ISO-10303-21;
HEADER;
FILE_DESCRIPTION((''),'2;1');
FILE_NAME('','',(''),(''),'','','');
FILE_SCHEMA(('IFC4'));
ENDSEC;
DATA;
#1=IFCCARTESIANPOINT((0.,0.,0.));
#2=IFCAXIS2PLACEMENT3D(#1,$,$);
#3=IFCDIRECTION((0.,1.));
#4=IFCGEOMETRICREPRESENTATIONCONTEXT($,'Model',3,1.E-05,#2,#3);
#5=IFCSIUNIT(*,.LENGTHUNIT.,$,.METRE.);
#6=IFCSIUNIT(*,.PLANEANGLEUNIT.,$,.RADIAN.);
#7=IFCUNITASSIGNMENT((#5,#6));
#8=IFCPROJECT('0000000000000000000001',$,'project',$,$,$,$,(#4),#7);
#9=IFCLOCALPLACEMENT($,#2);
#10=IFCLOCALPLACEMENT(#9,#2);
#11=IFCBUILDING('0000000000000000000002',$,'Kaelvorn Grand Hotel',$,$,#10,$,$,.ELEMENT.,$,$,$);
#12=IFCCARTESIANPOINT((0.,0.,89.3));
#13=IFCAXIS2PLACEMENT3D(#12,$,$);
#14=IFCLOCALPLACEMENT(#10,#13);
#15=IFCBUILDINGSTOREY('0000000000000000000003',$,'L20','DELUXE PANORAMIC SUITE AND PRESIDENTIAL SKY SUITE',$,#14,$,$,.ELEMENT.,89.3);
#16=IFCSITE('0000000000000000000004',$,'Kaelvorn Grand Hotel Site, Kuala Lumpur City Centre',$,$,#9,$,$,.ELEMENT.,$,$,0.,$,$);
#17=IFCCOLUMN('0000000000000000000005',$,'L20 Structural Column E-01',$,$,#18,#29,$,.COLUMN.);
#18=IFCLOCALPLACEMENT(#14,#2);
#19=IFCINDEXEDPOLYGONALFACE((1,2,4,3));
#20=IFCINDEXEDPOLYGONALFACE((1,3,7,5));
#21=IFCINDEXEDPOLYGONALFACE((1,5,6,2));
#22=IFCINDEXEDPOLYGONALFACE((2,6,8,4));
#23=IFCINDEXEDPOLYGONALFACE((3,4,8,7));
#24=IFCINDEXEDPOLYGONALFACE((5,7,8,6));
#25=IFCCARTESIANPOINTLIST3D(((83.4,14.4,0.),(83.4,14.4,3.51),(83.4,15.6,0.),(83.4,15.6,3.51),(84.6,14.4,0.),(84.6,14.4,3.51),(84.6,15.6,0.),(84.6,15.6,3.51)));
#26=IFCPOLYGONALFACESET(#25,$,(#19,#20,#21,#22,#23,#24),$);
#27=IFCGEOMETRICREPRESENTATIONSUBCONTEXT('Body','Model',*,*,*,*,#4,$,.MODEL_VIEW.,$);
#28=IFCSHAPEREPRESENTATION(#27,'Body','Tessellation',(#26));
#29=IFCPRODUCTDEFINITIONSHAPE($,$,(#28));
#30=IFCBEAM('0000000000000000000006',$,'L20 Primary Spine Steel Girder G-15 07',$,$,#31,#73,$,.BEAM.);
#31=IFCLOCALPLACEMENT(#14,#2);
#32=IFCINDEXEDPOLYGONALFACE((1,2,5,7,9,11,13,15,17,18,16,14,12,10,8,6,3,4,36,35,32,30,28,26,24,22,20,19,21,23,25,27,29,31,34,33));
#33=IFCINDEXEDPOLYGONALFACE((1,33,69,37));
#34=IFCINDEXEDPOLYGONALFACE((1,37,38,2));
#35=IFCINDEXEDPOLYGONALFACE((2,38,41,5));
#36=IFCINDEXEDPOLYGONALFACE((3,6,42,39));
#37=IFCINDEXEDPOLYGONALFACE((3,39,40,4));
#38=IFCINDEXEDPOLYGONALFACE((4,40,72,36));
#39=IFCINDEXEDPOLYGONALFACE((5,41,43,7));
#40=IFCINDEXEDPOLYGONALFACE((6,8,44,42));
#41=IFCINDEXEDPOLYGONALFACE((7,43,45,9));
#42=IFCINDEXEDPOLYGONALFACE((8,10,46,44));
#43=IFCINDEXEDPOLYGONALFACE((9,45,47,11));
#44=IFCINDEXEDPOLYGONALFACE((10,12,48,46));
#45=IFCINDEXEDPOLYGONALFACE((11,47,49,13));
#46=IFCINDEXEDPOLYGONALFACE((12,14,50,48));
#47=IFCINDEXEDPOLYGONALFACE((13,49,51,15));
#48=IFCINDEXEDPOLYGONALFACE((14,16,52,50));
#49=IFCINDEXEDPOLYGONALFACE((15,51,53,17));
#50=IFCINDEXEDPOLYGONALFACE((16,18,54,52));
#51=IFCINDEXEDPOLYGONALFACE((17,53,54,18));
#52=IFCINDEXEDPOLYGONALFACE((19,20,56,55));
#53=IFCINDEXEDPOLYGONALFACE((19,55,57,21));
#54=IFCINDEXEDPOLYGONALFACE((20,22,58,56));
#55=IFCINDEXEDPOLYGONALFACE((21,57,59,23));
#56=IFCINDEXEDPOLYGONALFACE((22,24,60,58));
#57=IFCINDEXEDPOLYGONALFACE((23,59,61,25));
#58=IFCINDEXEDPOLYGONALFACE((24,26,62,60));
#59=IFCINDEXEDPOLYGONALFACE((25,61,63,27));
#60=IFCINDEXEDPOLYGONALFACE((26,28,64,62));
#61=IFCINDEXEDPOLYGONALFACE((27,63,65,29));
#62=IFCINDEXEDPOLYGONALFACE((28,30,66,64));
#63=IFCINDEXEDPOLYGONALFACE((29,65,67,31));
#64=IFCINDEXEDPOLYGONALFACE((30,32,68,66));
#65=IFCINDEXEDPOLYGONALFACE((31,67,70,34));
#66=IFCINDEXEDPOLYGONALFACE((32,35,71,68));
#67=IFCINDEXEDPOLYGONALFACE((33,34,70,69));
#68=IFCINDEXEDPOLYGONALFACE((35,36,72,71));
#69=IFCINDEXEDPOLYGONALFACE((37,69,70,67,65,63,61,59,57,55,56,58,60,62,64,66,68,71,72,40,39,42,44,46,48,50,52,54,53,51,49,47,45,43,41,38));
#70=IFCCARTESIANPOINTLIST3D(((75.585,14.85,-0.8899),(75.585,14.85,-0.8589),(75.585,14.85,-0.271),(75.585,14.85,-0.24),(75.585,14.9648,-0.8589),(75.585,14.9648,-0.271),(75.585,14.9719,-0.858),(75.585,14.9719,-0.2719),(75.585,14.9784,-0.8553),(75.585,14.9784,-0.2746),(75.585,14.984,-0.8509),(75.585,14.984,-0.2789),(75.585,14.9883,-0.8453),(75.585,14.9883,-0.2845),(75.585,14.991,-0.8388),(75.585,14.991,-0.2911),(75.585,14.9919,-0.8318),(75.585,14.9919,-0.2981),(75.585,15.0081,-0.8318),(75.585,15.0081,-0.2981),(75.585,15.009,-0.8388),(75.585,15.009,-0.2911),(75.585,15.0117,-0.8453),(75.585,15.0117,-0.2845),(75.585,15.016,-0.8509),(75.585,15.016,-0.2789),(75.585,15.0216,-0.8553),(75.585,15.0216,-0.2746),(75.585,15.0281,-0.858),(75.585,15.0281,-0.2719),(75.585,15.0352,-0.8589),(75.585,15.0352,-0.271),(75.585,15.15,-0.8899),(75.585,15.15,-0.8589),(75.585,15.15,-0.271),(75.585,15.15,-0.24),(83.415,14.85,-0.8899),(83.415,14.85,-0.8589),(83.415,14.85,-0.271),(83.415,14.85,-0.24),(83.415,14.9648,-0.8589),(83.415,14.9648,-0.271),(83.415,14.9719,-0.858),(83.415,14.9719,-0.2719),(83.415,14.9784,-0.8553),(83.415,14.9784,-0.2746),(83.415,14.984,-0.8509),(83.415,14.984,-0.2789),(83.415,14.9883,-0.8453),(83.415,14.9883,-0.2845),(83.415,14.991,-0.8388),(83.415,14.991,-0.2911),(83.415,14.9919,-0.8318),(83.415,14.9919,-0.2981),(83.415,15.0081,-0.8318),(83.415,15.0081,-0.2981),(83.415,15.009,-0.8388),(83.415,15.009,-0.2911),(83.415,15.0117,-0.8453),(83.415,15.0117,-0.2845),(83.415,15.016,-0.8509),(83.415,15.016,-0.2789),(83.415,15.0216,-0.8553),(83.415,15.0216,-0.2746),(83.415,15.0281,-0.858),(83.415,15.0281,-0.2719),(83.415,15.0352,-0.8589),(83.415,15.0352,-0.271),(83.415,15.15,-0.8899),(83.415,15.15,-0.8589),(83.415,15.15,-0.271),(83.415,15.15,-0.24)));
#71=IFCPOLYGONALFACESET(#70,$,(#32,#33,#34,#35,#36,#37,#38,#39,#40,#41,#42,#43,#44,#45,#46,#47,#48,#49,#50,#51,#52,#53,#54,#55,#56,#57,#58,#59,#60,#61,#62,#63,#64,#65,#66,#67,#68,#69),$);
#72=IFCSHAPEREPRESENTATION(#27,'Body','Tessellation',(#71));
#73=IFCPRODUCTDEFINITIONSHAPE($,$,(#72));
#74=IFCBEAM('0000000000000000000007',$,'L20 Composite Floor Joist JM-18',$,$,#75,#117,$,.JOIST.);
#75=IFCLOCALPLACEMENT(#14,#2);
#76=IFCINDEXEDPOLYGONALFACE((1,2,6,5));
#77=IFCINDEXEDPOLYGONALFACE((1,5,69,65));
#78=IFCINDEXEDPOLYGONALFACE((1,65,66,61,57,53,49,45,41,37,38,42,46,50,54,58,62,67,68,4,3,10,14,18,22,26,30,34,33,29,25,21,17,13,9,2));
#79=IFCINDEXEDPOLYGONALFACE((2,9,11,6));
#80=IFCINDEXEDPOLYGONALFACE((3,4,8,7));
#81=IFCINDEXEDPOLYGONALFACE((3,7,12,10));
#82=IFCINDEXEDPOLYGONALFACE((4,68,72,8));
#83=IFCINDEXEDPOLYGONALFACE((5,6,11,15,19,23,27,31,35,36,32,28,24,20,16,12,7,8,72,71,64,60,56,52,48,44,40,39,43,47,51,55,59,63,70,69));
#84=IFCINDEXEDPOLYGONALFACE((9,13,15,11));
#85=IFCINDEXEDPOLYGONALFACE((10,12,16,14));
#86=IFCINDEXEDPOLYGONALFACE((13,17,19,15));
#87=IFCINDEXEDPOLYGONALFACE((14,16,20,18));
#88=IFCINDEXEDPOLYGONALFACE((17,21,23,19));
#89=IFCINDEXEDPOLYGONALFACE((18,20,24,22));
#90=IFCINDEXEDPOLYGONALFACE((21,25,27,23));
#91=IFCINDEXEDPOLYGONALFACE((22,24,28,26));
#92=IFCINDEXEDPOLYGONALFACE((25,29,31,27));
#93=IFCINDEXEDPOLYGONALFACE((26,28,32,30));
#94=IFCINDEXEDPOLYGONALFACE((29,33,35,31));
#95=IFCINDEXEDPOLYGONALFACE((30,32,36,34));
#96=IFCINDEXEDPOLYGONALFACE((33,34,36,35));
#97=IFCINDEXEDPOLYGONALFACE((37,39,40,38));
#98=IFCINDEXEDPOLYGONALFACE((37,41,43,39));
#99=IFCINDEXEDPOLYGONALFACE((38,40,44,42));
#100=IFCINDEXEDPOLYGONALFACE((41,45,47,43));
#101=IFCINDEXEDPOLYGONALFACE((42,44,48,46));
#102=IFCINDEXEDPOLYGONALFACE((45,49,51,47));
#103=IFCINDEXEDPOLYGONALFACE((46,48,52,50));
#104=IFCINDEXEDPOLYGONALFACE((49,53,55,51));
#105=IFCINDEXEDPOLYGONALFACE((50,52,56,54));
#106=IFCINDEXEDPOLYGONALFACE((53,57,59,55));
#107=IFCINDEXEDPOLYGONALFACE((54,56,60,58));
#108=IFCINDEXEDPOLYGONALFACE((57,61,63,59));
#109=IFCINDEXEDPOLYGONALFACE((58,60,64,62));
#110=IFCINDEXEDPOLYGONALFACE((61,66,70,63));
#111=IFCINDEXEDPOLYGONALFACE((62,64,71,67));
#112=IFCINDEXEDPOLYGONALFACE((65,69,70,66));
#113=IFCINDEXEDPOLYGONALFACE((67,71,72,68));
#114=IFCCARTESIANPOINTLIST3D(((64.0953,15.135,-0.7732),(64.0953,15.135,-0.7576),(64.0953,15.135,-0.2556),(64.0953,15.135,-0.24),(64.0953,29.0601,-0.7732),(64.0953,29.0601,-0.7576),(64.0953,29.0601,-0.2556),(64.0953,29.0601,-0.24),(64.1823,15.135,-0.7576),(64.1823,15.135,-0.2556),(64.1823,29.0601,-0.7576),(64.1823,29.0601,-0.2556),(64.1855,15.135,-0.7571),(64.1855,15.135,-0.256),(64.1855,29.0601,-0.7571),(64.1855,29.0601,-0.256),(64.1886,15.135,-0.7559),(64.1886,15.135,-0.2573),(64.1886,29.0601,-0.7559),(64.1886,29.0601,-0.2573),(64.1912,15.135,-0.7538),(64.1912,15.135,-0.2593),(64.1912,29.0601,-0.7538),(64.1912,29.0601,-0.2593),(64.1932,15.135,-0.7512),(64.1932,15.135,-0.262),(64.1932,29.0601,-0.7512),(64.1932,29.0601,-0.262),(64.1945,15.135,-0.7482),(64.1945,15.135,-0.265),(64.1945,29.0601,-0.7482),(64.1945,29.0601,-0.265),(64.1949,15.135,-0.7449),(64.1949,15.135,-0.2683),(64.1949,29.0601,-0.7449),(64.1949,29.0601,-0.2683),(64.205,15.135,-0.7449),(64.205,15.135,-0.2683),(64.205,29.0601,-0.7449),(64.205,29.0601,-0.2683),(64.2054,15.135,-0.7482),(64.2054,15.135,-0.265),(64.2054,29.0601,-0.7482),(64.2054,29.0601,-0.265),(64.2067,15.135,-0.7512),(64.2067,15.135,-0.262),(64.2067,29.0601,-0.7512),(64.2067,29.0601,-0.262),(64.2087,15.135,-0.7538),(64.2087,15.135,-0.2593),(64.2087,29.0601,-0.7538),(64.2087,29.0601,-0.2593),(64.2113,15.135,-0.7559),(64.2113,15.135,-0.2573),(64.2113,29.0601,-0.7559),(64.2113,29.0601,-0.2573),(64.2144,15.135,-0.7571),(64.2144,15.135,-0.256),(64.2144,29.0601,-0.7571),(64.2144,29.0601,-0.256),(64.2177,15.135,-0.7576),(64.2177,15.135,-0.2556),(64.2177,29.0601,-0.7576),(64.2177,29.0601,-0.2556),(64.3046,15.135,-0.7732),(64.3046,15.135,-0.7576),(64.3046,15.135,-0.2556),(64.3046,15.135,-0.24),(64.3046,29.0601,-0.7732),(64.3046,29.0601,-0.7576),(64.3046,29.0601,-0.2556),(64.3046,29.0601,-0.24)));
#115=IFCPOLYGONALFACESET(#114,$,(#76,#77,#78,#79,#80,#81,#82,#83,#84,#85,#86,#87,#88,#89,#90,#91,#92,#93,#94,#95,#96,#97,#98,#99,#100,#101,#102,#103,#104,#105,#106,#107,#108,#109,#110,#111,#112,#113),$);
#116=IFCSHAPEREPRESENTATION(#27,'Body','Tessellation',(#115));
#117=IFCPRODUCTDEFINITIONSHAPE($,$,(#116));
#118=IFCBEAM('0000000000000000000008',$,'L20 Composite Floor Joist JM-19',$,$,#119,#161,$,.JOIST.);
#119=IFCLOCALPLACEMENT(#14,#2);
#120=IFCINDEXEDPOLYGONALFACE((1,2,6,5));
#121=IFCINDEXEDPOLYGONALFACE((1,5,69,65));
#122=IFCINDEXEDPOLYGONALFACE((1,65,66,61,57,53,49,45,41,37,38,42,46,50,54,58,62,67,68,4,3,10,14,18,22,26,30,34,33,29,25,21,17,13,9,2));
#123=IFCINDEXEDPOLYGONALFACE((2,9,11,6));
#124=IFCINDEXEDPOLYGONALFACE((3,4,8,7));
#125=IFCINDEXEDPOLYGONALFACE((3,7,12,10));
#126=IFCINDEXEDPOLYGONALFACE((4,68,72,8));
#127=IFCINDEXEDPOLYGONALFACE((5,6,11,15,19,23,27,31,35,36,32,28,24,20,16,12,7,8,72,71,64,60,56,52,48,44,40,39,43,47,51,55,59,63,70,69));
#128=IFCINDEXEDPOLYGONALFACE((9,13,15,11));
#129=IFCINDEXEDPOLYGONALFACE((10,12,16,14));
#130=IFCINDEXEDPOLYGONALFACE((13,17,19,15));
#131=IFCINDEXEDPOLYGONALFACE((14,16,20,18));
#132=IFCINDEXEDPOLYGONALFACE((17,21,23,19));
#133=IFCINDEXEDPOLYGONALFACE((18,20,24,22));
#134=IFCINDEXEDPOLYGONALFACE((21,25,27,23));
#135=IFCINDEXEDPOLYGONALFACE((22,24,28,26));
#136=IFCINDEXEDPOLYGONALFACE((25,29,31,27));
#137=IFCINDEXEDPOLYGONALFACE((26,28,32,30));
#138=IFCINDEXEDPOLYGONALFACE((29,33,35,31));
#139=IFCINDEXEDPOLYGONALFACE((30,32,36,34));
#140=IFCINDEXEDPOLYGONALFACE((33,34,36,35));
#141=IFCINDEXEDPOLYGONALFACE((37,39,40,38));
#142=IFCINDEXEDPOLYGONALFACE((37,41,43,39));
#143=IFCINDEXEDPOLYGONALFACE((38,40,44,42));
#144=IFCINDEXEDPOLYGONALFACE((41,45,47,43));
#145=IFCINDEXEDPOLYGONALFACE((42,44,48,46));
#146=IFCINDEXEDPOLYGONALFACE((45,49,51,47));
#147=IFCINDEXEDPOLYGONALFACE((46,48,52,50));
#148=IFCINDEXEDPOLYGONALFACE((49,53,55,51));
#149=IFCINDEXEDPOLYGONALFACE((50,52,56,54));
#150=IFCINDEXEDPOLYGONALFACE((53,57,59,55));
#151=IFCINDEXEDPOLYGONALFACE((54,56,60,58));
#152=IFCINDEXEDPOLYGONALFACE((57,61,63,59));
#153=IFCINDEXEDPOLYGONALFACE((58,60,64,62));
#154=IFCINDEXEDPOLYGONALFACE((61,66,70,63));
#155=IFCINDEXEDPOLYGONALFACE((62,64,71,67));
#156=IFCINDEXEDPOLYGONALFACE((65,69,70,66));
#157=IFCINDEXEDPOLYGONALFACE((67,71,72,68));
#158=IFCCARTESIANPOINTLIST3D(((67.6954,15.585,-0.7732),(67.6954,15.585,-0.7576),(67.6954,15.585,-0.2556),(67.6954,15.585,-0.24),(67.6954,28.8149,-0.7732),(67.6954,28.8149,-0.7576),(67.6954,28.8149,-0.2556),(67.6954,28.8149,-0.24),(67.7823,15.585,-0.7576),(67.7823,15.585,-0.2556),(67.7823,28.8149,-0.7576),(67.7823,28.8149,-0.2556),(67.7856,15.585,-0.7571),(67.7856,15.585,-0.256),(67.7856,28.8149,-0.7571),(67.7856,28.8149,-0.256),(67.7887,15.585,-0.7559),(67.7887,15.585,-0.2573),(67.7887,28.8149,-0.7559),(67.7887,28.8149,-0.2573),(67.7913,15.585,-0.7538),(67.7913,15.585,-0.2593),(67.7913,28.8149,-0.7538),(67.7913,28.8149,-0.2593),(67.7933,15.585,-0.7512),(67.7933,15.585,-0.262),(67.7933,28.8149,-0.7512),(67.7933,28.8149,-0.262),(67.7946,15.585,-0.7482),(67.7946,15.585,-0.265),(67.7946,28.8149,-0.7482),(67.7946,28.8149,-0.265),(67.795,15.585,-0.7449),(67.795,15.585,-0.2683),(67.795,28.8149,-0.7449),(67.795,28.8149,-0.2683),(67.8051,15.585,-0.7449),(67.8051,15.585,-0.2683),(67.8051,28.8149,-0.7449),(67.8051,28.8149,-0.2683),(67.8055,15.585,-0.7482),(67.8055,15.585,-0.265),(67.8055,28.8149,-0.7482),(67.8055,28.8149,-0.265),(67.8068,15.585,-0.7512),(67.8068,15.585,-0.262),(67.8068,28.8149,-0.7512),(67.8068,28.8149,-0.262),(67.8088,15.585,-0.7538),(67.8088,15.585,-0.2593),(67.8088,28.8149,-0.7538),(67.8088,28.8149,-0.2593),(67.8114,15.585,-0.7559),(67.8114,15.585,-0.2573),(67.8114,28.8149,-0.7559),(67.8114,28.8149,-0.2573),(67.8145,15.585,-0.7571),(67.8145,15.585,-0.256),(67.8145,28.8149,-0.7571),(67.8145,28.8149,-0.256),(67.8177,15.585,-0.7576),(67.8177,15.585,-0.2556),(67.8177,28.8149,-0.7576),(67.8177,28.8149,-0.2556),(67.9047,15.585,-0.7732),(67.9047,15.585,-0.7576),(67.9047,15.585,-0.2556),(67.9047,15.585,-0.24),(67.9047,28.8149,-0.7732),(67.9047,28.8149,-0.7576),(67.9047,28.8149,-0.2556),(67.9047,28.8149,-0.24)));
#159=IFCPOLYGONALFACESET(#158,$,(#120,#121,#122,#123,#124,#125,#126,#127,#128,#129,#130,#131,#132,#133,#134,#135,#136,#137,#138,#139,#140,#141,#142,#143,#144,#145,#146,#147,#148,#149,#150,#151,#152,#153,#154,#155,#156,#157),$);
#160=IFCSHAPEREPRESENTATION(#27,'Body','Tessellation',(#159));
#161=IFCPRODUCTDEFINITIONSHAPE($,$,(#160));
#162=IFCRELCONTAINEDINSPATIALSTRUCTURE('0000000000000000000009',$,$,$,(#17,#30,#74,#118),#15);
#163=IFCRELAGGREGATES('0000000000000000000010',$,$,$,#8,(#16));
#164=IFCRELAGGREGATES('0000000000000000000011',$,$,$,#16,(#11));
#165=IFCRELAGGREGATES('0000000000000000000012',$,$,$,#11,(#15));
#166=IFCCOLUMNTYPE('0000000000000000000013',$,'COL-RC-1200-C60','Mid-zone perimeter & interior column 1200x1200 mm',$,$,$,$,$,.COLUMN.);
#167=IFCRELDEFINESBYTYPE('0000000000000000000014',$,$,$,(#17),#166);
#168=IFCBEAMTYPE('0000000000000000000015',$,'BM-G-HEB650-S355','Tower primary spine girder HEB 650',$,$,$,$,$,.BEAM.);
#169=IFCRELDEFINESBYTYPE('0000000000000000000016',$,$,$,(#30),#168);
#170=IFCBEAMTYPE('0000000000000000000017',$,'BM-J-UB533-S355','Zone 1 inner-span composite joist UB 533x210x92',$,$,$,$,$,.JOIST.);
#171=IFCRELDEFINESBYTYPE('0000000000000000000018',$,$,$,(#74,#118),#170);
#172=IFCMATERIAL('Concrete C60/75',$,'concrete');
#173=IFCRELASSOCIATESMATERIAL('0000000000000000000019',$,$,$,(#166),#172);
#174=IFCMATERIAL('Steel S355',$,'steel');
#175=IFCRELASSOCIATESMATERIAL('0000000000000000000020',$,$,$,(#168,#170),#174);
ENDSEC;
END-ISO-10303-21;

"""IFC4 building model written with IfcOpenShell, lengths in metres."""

from ifc_helpers import new_model, si_unit, direction, frame, origin, origin_2d, place, context, subcontext, project, spatial, rectangle, i_section, extrude, material, material_profile, profile_set, type_object, element, save


model = new_model("IFC4")

# Units and contexts
model_context = context("Model", 3, precision=1e-05, world=origin(), true_north=direction((0.0, 1.0)))
body_context = subcontext(model_context, "Body", "Model", "MODEL_VIEW")
ifc_project = project(units=[si_unit("LENGTHUNIT", "METRE"), si_unit("PLANEANGLEUNIT", "RADIAN")], contexts=[model_context])

# Site, building, storey
site_placement = place(None, origin())
site = spatial("IfcSite", under=ifc_project, at=site_placement, Name="Kaelvorn Grand Hotel Site, Kuala Lumpur City Centre", CompositionType="ELEMENT", RefElevation=0.0)
building_placement = place(site_placement, origin())
building = spatial("IfcBuilding", under=site, at=building_placement, Name="Kaelvorn Grand Hotel", CompositionType="ELEMENT")
storey_placement = place(building_placement, frame((0.0, 0.0, 89.3)))
storey = spatial("IfcBuildingStorey", under=building, at=storey_placement, Name="L20", Description="DELUXE PANORAMIC SUITE AND PRESIDENTIAL SKY SUITE", CompositionType="ELEMENT", Elevation=89.3)

# Column
ifc_material_1 = material(Name="Concrete C60/75", Category="concrete")
ifc_material_profile_1 = material_profile(ifc_material_1, rectangle(XDim=1.2, YDim=1.2, at=origin_2d()), Name="RC COL 1200x1200")
ifc_profile_set_1 = profile_set([ifc_material_profile_1], Name="Concrete C60/75")
column_type = type_object("IfcColumnType", Name="COL-RC-1200-C60", Description="Mid-zone perimeter & interior column 1200x1200 mm", PredefinedType="COLUMN", material=ifc_profile_set_1)
column_placement = place(storey_placement, frame((84.0, 15.0, 0.0), z_axis=(0.0, 0.0, 1.0), x_axis=(1.0, 0.0, 0.0)))
element("IfcColumn", 1, at=column_placement, inside=storey, type_object=column_type, Name="L20 Structural Column E-01", PredefinedType="COLUMN", context=body_context, shape_type="SweptSolid", body=[
    extrude(rectangle(XDim=1.2, YDim=1.2, at=origin_2d()), origin(), (0.0, 0.0, 1.0), 3.51),
])

# Beams
ifc_material_2 = material(Name="Steel S355", Category="steel")
ifc_material_profile_2 = material_profile(ifc_material_2, i_section(OverallWidth=0.3, OverallDepth=0.6499, WebThickness=0.0161, FlangeThickness=0.031, FilletRadius=0.0271, at=origin_2d()), Name="HEB 650")
ifc_profile_set_2 = profile_set([ifc_material_profile_2], Name="Steel S355")
beam_type_1 = type_object("IfcBeamType", Name="BM-G-HEB650-S355", Description="Tower primary spine girder HEB 650", PredefinedType="BEAM", material=ifc_profile_set_2)
beam_1_placement = place(storey_placement, frame((75.585, 15.0, -0.5649), z_axis=(1.0, 0.0, 0.0), x_axis=(0.0, 1.0, 0.0)))
element("IfcBeam", 2, at=beam_1_placement, inside=storey, type_object=beam_type_1, Name="L20 Primary Spine Steel Girder G-15 07", PredefinedType="BEAM", context=body_context, shape_type="SweptSolid", body=[
    extrude(i_section(OverallWidth=0.3, OverallDepth=0.6499, WebThickness=0.0161, FlangeThickness=0.031, FilletRadius=0.0271, at=origin_2d()), origin(), (0.0, 0.0, 1.0), 7.8301),
])
ifc_material_profile_3 = material_profile(ifc_material_2, i_section(OverallWidth=0.2092, OverallDepth=0.5332, WebThickness=0.01, FlangeThickness=0.0156, FilletRadius=0.0127, at=origin_2d()), Name="UB 533x210x92")
ifc_profile_set_3 = profile_set([ifc_material_profile_3], Name="Steel S355")
beam_type_2 = type_object("IfcBeamType", Name="BM-J-UB533-S355", Description="Zone 1 inner-span composite joist UB 533x210x92", PredefinedType="JOIST", material=ifc_profile_set_3)
beam_2_placement = place(storey_placement, frame((64.2, 15.135, -0.5066), z_axis=(0.0, 1.0, 0.0), x_axis=(-1.0, 0.0, 0.0)))
element("IfcBeam", 3, at=beam_2_placement, inside=storey, type_object=beam_type_2, Name="L20 Composite Floor Joist JM-18", PredefinedType="JOIST", context=body_context, shape_type="SweptSolid", body=[
    extrude(i_section(OverallWidth=0.2092, OverallDepth=0.5332, WebThickness=0.01, FlangeThickness=0.0156, FilletRadius=0.0127, at=origin_2d()), origin(), (0.0, 0.0, 1.0), 13.925),
])
beam_3_placement = place(storey_placement, frame((67.8, 15.585, -0.5066), z_axis=(0.0, 1.0, 0.0), x_axis=(-1.0, 0.0, 0.0)))
element("IfcBeam", 4, at=beam_3_placement, inside=storey, type_object=beam_type_2, Name="L20 Composite Floor Joist JM-19", PredefinedType="JOIST", context=body_context, shape_type="SweptSolid", body=[
    extrude(i_section(OverallWidth=0.2092, OverallDepth=0.5332, WebThickness=0.01, FlangeThickness=0.0156, FilletRadius=0.0127, at=origin_2d()), origin(), (0.0, 0.0, 1.0), 13.23),
])

save(model, "model.ifc")
